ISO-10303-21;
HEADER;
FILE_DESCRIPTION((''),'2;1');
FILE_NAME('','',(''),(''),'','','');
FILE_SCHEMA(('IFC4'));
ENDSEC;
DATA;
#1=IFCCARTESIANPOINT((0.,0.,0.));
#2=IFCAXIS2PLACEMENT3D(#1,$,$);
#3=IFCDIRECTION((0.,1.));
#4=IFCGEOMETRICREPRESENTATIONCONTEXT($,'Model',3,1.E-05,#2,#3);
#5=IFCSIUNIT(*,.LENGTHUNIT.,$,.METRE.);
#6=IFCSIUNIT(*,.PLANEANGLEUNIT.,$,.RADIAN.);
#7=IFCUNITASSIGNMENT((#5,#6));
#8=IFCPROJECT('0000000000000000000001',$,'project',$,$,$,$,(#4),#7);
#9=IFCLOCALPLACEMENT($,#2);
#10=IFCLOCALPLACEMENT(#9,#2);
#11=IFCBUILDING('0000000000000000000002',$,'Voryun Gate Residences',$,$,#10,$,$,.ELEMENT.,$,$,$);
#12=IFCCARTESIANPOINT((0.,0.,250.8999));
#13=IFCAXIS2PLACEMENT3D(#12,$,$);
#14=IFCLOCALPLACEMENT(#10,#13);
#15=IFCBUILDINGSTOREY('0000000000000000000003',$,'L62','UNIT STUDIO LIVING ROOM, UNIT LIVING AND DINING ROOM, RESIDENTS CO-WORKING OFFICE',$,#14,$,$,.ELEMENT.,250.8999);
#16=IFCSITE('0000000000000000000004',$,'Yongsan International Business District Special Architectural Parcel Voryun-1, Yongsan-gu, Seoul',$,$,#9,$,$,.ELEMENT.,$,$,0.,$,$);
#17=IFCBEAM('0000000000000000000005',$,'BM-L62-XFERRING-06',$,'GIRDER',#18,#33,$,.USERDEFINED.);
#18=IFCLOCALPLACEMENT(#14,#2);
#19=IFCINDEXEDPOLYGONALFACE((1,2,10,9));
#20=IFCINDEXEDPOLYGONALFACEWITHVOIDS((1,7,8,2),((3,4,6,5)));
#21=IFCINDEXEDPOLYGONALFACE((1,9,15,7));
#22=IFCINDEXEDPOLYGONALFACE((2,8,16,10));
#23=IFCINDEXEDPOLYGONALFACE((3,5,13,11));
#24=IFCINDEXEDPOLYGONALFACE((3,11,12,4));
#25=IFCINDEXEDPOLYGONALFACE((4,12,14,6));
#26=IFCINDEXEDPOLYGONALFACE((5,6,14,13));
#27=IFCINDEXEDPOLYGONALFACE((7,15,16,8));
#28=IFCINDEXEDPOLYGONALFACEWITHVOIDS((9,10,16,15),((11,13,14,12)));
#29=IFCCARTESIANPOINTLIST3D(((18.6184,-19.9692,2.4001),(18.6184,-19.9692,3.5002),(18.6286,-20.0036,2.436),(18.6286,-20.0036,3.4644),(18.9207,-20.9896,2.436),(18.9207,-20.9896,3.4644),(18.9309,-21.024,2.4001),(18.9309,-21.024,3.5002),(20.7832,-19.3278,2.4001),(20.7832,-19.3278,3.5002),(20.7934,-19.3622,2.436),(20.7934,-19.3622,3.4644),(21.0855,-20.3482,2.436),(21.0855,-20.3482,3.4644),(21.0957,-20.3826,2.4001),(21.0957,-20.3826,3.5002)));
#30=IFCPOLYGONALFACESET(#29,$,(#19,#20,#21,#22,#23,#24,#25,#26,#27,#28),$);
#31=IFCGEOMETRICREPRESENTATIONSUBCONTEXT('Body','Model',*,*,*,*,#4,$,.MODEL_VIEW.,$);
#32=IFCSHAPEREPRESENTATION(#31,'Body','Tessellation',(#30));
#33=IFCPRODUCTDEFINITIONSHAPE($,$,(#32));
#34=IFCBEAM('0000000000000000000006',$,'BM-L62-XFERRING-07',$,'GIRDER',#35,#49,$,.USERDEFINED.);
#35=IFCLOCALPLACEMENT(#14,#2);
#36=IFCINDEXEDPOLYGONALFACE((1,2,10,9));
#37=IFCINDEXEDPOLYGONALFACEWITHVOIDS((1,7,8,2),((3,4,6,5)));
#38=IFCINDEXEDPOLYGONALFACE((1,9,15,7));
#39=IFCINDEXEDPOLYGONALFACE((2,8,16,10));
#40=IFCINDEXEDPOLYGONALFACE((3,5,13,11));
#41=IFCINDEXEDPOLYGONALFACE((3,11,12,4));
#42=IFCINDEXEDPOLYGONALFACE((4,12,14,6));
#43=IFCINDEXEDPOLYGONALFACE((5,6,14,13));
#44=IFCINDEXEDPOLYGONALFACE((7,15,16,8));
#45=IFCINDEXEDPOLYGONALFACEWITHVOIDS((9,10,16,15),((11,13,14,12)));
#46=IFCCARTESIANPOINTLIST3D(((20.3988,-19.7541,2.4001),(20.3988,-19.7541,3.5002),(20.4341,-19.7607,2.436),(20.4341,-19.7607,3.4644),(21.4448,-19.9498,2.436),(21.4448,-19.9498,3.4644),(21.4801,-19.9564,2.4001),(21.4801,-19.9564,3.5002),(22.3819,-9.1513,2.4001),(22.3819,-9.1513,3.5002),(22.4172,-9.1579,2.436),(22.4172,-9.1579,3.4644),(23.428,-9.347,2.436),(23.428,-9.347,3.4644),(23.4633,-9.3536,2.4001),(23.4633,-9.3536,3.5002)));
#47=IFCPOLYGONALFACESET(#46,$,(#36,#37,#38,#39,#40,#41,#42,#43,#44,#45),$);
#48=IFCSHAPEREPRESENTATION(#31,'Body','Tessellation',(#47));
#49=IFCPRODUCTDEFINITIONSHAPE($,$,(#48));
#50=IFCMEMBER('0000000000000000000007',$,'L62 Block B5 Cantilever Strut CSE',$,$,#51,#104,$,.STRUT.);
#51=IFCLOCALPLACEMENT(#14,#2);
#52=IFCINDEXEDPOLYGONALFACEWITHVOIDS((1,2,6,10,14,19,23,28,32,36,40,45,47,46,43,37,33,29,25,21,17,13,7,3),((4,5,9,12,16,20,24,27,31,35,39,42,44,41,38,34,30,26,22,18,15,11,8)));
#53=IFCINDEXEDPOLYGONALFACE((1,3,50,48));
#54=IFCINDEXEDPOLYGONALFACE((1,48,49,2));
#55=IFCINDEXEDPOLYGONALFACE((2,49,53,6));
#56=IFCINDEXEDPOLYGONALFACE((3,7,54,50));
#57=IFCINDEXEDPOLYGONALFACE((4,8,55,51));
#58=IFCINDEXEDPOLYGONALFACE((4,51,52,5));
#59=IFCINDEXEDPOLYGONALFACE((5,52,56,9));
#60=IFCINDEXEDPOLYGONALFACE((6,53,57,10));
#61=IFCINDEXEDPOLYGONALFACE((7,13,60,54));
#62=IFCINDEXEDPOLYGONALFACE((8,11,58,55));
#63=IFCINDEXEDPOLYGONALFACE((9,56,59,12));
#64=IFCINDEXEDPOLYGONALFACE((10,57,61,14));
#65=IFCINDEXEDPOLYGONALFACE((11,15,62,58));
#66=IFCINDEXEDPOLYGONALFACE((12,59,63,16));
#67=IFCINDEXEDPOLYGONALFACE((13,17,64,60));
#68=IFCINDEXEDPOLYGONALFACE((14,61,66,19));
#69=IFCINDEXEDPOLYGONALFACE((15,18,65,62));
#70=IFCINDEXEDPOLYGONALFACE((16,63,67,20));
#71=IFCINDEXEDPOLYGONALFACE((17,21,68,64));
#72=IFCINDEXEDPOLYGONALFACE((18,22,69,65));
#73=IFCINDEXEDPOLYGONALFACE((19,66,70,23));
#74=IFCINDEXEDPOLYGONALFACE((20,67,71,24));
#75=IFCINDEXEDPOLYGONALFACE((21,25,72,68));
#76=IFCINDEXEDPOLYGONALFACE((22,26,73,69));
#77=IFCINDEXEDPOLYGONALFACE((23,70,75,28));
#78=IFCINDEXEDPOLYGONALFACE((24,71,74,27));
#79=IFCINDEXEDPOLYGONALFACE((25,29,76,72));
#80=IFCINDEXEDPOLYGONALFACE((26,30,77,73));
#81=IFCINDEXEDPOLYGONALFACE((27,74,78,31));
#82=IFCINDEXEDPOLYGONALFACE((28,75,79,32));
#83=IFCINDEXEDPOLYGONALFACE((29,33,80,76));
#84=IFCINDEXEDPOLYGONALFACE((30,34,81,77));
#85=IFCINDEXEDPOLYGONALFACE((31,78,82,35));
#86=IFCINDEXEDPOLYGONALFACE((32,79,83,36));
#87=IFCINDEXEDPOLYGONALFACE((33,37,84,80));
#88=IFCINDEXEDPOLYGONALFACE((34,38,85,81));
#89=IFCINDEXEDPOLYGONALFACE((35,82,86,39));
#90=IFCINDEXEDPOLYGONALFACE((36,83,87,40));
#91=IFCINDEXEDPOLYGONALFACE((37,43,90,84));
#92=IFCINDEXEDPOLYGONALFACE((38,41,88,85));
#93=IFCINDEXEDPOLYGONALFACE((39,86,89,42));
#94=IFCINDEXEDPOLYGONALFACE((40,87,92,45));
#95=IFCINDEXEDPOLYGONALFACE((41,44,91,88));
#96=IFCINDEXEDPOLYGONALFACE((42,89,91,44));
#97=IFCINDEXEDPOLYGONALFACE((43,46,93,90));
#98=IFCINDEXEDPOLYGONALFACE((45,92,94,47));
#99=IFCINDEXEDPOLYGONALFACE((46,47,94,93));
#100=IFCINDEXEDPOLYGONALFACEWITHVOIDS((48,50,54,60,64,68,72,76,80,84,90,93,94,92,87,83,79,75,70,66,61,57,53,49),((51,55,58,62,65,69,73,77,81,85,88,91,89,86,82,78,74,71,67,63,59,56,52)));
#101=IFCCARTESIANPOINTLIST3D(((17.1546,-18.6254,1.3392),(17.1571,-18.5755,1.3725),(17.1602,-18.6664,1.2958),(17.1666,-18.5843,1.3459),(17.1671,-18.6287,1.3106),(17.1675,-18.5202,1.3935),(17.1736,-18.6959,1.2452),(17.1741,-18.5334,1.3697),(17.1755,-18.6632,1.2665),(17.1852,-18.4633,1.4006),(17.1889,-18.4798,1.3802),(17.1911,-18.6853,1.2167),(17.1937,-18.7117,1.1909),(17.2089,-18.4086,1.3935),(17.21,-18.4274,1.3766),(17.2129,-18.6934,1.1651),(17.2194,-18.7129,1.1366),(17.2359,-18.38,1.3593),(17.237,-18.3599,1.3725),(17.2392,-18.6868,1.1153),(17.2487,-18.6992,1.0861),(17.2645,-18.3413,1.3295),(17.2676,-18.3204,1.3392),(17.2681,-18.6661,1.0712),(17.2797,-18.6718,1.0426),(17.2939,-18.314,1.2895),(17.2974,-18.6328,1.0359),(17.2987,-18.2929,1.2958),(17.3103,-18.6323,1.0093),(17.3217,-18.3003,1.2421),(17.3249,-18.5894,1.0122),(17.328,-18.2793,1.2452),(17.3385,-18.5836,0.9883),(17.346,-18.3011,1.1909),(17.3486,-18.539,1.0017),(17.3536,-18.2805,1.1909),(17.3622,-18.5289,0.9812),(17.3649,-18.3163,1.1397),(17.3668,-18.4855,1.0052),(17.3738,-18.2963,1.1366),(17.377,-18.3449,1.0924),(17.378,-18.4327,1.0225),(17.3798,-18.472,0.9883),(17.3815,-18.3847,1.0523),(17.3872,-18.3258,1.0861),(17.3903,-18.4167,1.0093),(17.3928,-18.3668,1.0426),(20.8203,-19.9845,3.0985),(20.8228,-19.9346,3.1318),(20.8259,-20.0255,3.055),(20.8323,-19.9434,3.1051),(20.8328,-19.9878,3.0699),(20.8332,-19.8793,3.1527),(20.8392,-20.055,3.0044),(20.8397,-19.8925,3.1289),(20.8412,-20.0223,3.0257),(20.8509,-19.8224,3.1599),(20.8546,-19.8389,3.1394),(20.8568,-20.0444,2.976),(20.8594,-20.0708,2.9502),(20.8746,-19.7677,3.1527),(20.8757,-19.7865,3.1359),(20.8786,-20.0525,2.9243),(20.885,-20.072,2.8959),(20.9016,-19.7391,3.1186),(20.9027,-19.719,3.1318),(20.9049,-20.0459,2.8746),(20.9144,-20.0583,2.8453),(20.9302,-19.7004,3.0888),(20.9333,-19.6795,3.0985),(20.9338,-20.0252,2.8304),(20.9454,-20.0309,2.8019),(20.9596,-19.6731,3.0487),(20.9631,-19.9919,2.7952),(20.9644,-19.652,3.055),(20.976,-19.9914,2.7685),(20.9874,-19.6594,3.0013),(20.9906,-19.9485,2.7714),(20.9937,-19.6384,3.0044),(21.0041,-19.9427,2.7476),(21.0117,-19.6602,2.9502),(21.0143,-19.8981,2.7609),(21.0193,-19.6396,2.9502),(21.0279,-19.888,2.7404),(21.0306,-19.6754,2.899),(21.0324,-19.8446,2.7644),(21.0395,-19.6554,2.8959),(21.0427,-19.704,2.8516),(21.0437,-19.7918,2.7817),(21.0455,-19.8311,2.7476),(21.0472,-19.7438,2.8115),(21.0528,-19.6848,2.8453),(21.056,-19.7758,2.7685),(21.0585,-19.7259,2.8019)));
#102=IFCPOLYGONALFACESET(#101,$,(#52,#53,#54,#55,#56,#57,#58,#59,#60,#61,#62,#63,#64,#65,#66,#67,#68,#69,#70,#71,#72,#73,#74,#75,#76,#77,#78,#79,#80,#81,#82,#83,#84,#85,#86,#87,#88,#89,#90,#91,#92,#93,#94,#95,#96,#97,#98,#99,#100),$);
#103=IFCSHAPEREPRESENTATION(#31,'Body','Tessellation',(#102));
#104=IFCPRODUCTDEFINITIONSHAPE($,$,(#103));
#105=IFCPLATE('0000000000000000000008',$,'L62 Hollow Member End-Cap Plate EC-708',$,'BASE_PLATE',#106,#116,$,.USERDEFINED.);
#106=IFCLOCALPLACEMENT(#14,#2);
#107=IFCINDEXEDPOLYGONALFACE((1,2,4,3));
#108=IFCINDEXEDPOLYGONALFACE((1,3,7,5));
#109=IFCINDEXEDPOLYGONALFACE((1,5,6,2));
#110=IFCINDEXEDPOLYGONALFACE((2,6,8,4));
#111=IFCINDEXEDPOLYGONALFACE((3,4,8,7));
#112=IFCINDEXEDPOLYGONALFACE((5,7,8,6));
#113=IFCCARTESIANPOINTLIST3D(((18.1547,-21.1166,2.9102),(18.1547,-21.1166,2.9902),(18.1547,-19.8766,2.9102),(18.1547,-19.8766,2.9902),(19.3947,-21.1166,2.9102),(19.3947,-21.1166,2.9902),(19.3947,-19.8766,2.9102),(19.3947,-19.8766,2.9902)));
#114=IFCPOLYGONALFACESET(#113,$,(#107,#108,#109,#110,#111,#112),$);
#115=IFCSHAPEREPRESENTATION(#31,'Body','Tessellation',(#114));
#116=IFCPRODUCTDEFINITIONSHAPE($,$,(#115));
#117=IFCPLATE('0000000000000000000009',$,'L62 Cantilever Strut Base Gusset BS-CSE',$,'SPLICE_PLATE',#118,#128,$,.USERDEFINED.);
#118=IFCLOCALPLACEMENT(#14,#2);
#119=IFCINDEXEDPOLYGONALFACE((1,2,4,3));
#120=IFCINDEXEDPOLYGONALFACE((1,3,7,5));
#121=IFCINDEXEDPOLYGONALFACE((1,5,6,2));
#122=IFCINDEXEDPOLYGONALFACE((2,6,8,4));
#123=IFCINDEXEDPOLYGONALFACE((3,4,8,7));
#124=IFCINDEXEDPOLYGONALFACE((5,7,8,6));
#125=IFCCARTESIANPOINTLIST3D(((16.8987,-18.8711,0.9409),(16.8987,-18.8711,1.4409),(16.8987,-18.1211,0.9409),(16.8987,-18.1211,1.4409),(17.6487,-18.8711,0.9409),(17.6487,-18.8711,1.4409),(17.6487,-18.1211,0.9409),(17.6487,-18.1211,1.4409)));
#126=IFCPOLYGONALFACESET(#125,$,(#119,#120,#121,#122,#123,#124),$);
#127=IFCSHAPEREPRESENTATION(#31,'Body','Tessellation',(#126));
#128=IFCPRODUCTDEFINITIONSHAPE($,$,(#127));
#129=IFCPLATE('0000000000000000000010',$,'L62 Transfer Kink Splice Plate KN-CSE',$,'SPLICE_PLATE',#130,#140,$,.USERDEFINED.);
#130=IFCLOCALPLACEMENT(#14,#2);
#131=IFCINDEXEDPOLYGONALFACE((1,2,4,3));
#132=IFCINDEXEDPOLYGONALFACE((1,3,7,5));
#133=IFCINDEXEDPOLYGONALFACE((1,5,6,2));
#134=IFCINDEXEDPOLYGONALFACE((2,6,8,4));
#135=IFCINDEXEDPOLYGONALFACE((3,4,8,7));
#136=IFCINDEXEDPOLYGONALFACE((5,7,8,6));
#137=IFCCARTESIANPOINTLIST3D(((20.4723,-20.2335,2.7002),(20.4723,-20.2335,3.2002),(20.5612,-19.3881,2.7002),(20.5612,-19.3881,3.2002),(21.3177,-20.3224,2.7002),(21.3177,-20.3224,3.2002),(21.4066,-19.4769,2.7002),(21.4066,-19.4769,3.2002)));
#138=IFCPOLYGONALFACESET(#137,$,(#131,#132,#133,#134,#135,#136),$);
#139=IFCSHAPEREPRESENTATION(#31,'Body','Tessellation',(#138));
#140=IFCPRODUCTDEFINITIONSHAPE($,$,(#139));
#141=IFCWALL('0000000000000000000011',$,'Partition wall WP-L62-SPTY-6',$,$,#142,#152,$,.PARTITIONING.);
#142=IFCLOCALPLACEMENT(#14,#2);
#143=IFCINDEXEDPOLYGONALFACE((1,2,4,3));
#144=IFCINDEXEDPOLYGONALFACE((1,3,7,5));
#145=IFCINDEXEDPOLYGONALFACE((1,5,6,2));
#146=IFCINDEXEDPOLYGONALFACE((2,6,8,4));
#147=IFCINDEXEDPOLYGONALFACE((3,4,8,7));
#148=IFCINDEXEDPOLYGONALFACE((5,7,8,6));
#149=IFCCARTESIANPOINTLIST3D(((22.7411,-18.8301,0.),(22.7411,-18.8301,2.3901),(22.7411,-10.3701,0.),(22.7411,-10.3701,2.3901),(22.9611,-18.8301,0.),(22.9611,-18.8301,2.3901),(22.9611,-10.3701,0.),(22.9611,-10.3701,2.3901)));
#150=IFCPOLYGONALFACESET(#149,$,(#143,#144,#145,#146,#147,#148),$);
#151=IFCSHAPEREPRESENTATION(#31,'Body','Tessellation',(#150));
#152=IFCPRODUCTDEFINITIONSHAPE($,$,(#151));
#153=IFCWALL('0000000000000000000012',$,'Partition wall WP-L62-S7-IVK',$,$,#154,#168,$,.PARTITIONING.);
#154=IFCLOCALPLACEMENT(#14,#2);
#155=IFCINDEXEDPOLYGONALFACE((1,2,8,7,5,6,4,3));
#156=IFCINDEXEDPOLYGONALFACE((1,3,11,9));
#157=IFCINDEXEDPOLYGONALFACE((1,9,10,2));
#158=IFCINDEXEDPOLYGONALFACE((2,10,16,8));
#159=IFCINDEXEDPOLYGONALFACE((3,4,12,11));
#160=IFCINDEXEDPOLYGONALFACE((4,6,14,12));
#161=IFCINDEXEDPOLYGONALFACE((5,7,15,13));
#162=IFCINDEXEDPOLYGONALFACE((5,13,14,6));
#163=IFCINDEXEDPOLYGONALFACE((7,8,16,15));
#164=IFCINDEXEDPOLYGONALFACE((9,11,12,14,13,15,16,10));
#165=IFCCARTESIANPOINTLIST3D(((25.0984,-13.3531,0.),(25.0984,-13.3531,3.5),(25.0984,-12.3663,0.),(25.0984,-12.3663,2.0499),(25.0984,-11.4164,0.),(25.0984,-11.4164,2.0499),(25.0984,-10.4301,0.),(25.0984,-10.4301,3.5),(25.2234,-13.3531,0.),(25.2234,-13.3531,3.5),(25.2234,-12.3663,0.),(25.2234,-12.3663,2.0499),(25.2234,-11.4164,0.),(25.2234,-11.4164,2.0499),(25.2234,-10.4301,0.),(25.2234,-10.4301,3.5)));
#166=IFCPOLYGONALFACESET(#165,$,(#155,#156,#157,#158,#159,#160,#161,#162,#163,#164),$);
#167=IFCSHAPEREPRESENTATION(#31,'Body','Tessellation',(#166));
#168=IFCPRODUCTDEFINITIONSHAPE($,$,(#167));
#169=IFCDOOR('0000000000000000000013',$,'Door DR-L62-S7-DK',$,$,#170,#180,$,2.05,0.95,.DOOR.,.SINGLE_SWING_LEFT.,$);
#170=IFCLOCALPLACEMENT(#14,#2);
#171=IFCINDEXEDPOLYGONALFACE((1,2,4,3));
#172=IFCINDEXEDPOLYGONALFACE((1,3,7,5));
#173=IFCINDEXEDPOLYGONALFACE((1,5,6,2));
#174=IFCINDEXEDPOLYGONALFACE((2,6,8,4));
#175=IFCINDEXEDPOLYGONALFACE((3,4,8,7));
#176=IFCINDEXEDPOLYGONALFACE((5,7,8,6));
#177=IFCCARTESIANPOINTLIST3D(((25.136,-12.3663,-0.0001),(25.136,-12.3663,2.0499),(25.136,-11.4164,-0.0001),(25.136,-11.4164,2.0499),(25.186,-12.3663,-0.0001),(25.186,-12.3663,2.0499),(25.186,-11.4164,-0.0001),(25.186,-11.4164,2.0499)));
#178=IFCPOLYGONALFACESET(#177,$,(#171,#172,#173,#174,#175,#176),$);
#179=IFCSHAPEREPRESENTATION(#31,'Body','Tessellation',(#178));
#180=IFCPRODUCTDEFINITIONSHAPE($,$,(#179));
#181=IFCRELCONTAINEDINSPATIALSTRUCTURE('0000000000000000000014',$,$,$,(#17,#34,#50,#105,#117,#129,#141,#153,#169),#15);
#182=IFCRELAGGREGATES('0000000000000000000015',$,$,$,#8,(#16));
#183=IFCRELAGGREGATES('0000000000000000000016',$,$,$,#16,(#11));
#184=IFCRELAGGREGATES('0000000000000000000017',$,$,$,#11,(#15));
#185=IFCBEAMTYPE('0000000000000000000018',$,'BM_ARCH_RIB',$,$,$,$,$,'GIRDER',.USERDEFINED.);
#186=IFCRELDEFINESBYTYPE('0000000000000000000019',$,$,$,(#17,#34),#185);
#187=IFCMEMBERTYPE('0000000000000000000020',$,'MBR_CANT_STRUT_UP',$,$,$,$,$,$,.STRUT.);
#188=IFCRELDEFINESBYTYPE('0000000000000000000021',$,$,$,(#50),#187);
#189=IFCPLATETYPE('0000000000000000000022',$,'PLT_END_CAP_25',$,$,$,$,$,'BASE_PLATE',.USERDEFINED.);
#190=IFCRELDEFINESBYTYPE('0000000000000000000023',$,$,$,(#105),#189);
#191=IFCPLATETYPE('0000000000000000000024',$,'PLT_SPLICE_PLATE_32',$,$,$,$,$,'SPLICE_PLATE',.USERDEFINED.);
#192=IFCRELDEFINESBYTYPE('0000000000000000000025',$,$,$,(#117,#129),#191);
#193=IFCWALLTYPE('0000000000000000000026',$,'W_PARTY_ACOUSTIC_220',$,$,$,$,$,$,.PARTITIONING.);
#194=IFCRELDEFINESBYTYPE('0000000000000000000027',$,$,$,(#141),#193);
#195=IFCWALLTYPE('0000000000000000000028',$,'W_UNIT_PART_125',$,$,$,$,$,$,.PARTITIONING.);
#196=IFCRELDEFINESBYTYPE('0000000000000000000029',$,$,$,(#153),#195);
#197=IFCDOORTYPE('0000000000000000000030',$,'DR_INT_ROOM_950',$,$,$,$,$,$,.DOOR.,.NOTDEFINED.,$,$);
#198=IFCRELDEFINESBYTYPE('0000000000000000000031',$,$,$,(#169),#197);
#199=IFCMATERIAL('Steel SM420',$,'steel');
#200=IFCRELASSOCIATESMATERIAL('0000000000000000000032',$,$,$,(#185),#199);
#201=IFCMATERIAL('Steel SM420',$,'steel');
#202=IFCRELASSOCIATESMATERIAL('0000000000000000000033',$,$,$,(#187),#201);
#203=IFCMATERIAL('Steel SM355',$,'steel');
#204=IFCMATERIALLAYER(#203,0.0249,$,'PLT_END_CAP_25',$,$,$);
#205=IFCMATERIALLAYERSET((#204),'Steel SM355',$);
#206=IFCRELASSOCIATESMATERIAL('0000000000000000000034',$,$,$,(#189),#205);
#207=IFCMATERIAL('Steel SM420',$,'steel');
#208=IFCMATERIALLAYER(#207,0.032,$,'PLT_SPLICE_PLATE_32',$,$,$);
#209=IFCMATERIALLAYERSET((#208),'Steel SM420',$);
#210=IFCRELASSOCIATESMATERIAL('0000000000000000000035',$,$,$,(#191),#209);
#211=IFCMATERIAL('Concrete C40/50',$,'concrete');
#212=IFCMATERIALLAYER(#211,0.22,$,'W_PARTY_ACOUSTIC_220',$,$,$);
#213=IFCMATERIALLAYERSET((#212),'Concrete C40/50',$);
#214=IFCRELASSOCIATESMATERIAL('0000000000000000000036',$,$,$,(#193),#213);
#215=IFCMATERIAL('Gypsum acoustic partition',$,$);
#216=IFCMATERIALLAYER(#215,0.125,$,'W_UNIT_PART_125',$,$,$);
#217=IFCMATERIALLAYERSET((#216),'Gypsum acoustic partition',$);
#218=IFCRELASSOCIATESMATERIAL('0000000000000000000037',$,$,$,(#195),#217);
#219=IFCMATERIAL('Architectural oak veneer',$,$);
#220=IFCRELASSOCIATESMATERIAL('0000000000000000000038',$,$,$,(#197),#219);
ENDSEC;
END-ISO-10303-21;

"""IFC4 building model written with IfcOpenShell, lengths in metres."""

from ifc_helpers import new_model, si_unit, direction, frame, frame_2d, origin, origin_2d, place, context, subcontext, project, spatial, rectangle, hollow_rectangle, hollow_circle, extrude, material, layer, layer_set, material_profile, profile_set, type_object, element, fill, save


model = new_model("IFC4")

# Units and contexts
model_context = context("Model", 3, precision=1e-05, world=origin(), true_north=direction((0.0, 1.0)))
body_context = subcontext(model_context, "Body", "Model", "MODEL_VIEW")
ifc_project = project(units=[si_unit("LENGTHUNIT", "METRE"), si_unit("PLANEANGLEUNIT", "RADIAN")], contexts=[model_context])

# Site, building, storey
site_placement = place(None, origin())
site = spatial("IfcSite", under=ifc_project, at=site_placement, Name="Yongsan International Business District Special Architectural Parcel Voryun-1, Yongsan-gu, Seoul", CompositionType="ELEMENT", RefElevation=0.0)
building_placement = place(site_placement, origin())
building = spatial("IfcBuilding", under=site, at=building_placement, Name="Voryun Gate Residences", CompositionType="ELEMENT")
storey_placement = place(building_placement, frame((0.0, 0.0, 250.8999)))
storey = spatial("IfcBuildingStorey", under=building, at=storey_placement, Name="L62", Description="UNIT STUDIO LIVING ROOM, UNIT LIVING AND DINING ROOM, RESIDENTS CO-WORKING OFFICE", CompositionType="ELEMENT", Elevation=250.8999)

# Beams
ifc_material_1 = material(Name="Steel SM420", Category="steel")
ifc_material_profile_1 = material_profile(ifc_material_1, hollow_rectangle(XDim=1.1001, YDim=1.1001, WallThickness=0.0359, at=origin_2d()), Name="BOX-1100x1100x36")
ifc_profile_set_1 = profile_set([ifc_material_profile_1], Name="Steel SM420")
beam_type = type_object("IfcBeamType", Name="BM_ARCH_RIB", ElementType="GIRDER", PredefinedType="USERDEFINED", material=ifc_profile_set_1)
beam_1_placement = place(storey_placement, frame((18.7747, -20.4966, 2.9502), z_axis=(0.958806, 0.284063, 0.0), x_axis=(-0.284063, 0.958806, 0.0)))
element("IfcBeam", 1, at=beam_1_placement, inside=storey, type_object=beam_type, Name="BM-L62-XFERRING-06", ObjectType="GIRDER", PredefinedType="USERDEFINED", context=body_context, shape_type="SweptSolid", body=[
    extrude(hollow_rectangle(XDim=1.1001, YDim=1.1001, WallThickness=0.0359, at=origin_2d()), origin(), (0.0, 0.0, 1.0), 2.2578),
])
beam_2_placement = place(storey_placement, frame((20.9395, -19.8552, 2.9502), z_axis=(0.183853, 0.982954, 0.0), x_axis=(-0.982954, 0.183853, 0.0)))
element("IfcBeam", 2, at=beam_2_placement, inside=storey, type_object=beam_type, Name="BM-L62-XFERRING-07", ObjectType="GIRDER", PredefinedType="USERDEFINED", context=body_context, shape_type="SweptSolid", body=[
    extrude(hollow_rectangle(XDim=1.1001, YDim=1.1001, WallThickness=0.0359, at=origin_2d()), origin(), (0.0, 0.0, 1.0), 10.7866),
])

# Member
ifc_material_2 = material(Name="Steel SM420", Category="steel")
ifc_material_profile_2 = material_profile(ifc_material_2, hollow_circle(Radius=0.23, WallThickness=0.022, at=origin_2d()), Name="CHS-460x22")
ifc_profile_set_2 = profile_set([ifc_material_profile_2], Name="Steel SM420")
member_type = type_object("IfcMemberType", Name="MBR_CANT_STRUT_UP", PredefinedType="STRUT", material=ifc_profile_set_2)
member_placement = place(storey_placement, frame((17.2737, -18.4961, 1.1909), z_axis=(0.855048, -0.31702, 0.410355), x_axis=(0.347638, 0.937629, 0.0)))
element("IfcMember", 3, at=member_placement, inside=storey, type_object=member_type, Name="L62 Block B5 Cantilever Strut CSE", PredefinedType="STRUT", context=body_context, shape_type="SweptSolid", body=[
    extrude(hollow_circle(Radius=0.23, WallThickness=0.022, at=origin_2d()), origin(), (0.0, 0.0, 1.0), 4.2871),
])

# Plates
ifc_material_3 = material(Name="Steel SM355", Category="steel")
ifc_layer_1 = layer(ifc_material_3, 0.0249, Name="PLT_END_CAP_25")
ifc_layer_set_1 = layer_set([ifc_layer_1], Name="Steel SM355")
plate_type_1 = type_object("IfcPlateType", Name="PLT_END_CAP_25", ElementType="BASE_PLATE", PredefinedType="USERDEFINED", material=ifc_layer_set_1)
plate_1_placement = place(storey_placement, frame((18.7747, -20.4966, 2.9102), z_axis=(0.0, 0.0, 1.0), x_axis=(1.0, 0.0, 0.0)))
element("IfcPlate", 4, at=plate_1_placement, inside=storey, type_object=plate_type_1, Name="L62 Hollow Member End-Cap Plate EC-708", ObjectType="BASE_PLATE", PredefinedType="USERDEFINED", context=body_context, shape_type="SweptSolid", body=[
    extrude(rectangle(XDim=1.24, YDim=1.24, at=origin_2d()), origin(), (0.0, 0.0, 1.0), 0.0801),
])
ifc_material_4 = material(Name="Steel SM420", Category="steel")
ifc_layer_2 = layer(ifc_material_4, 0.032, Name="PLT_SPLICE_PLATE_32")
ifc_layer_set_2 = layer_set([ifc_layer_2], Name="Steel SM420")
plate_type_2 = type_object("IfcPlateType", Name="PLT_SPLICE_PLATE_32", ElementType="SPLICE_PLATE", PredefinedType="USERDEFINED", material=ifc_layer_set_2)
plate_2_placement = place(storey_placement, frame((17.2737, -18.4961, 0.9409), z_axis=(0.0, 0.0, 1.0), x_axis=(1.0, 0.0, 0.0)))
element("IfcPlate", 5, at=plate_2_placement, inside=storey, type_object=plate_type_2, Name="L62 Cantilever Strut Base Gusset BS-CSE", ObjectType="SPLICE_PLATE", PredefinedType="USERDEFINED", context=body_context, shape_type="SweptSolid", body=[
    extrude(rectangle(XDim=0.75, YDim=0.75, at=origin_2d()), origin(), (0.0, 0.0, 1.0), 0.5),
])
plate_3_placement = place(storey_placement, frame((20.9395, -19.8552, 2.7002), z_axis=(0.0, 0.0, 1.0), x_axis=(0.994522, -0.104528, 0.0)))
element("IfcPlate", 6, at=plate_3_placement, inside=storey, type_object=plate_type_2, Name="L62 Transfer Kink Splice Plate KN-CSE", ObjectType="SPLICE_PLATE", PredefinedType="USERDEFINED", context=body_context, shape_type="SweptSolid", body=[
    extrude(rectangle(XDim=0.8501, YDim=0.8501, at=origin_2d()), origin(), (0.0, 0.0, 1.0), 0.5),
])

# Wall
ifc_material_5 = material(Name="Concrete C40/50", Category="concrete")
ifc_layer_3 = layer(ifc_material_5, 0.22, Name="W_PARTY_ACOUSTIC_220")
ifc_layer_set_3 = layer_set([ifc_layer_3], Name="Concrete C40/50")
wall_type_1 = type_object("IfcWallType", Name="W_PARTY_ACOUSTIC_220", PredefinedType="PARTITIONING", material=ifc_layer_set_3)
wall_1_placement = place(storey_placement, frame((22.8511, -18.8301, 0.0), z_axis=(0.0, 0.0, 1.0), x_axis=(0.0, 1.0, 0.0)))
element("IfcWall", 7, at=wall_1_placement, inside=storey, type_object=wall_type_1, Name="Partition wall WP-L62-SPTY-6", PredefinedType="PARTITIONING", context=body_context, shape_type="SweptSolid", body=[
    extrude(rectangle(XDim=8.46, YDim=0.22, at=frame_2d((4.23, 0.0))), origin(), (0.0, 0.0, 1.0), 2.3901),
])

# Wall, opening, door
ifc_material_6 = material(Name="Gypsum acoustic partition")
ifc_layer_4 = layer(ifc_material_6, 0.125, Name="W_UNIT_PART_125")
ifc_layer_set_4 = layer_set([ifc_layer_4], Name="Gypsum acoustic partition")
wall_type_2 = type_object("IfcWallType", Name="W_UNIT_PART_125", PredefinedType="PARTITIONING", material=ifc_layer_set_4)
wall_2_placement = place(storey_placement, frame((25.1609, -13.353, 0.0), z_axis=(0.0, 0.0, 1.0), x_axis=(0.0, 1.0, 0.0)))
wall_2 = element("IfcWall", 8, at=wall_2_placement, inside=storey, type_object=wall_type_2, Name="Partition wall WP-L62-S7-IVK", PredefinedType="PARTITIONING", context=body_context, shape_type="SweptSolid", body=[
    extrude(rectangle(XDim=2.9231, YDim=0.125, at=frame_2d((1.4614, 0.0))), origin(), (0.0, 0.0, 1.0), 3.5),
])
opening_1_placement = place(wall_2_placement, frame((0.9866, 0.0, 0.0)))
opening_1 = element("IfcOpeningElement", 9, at=opening_1_placement, cuts=wall_2, PredefinedType="OPENING", context=body_context, shape_type="SweptSolid", body=[
    extrude(rectangle(XDim=0.95, YDim=2.05, at=frame_2d((0.4751, 1.0249))), frame((0.0, 0.0725, 0.0), z_axis=(0.0, -1.0, 0.0), x_axis=(1.0, 0.0, 0.0)), (0.0, 0.0, 1.0), 0.145),
])
ifc_material_7 = material(Name="Architectural oak veneer")
door_type_1 = type_object("IfcDoorType", Name="DR_INT_ROOM_950", OperationType="NOTDEFINED", PredefinedType="DOOR", material=ifc_material_7)
door_1_placement = place(opening_1_placement, origin())
door_1 = element("IfcDoor", 10, at=door_1_placement, inside=storey, type_object=door_type_1, Name="Door DR-L62-S7-DK", OperationType="SINGLE_SWING_LEFT", OverallHeight=2.05, OverallWidth=0.95, PredefinedType="DOOR", context=body_context, shape_type="SweptSolid", body=[
    extrude(rectangle(XDim=0.95, YDim=2.05, at=frame_2d((0.4751, 1.0249))), frame((0.0, 0.0249, 0.0), z_axis=(0.0, -1.0, 0.0), x_axis=(1.0, 0.0, 0.0)), (0.0, 0.0, 1.0), 0.05),
])
fill(opening_1, door_1)

save(model, "model.ifc")
